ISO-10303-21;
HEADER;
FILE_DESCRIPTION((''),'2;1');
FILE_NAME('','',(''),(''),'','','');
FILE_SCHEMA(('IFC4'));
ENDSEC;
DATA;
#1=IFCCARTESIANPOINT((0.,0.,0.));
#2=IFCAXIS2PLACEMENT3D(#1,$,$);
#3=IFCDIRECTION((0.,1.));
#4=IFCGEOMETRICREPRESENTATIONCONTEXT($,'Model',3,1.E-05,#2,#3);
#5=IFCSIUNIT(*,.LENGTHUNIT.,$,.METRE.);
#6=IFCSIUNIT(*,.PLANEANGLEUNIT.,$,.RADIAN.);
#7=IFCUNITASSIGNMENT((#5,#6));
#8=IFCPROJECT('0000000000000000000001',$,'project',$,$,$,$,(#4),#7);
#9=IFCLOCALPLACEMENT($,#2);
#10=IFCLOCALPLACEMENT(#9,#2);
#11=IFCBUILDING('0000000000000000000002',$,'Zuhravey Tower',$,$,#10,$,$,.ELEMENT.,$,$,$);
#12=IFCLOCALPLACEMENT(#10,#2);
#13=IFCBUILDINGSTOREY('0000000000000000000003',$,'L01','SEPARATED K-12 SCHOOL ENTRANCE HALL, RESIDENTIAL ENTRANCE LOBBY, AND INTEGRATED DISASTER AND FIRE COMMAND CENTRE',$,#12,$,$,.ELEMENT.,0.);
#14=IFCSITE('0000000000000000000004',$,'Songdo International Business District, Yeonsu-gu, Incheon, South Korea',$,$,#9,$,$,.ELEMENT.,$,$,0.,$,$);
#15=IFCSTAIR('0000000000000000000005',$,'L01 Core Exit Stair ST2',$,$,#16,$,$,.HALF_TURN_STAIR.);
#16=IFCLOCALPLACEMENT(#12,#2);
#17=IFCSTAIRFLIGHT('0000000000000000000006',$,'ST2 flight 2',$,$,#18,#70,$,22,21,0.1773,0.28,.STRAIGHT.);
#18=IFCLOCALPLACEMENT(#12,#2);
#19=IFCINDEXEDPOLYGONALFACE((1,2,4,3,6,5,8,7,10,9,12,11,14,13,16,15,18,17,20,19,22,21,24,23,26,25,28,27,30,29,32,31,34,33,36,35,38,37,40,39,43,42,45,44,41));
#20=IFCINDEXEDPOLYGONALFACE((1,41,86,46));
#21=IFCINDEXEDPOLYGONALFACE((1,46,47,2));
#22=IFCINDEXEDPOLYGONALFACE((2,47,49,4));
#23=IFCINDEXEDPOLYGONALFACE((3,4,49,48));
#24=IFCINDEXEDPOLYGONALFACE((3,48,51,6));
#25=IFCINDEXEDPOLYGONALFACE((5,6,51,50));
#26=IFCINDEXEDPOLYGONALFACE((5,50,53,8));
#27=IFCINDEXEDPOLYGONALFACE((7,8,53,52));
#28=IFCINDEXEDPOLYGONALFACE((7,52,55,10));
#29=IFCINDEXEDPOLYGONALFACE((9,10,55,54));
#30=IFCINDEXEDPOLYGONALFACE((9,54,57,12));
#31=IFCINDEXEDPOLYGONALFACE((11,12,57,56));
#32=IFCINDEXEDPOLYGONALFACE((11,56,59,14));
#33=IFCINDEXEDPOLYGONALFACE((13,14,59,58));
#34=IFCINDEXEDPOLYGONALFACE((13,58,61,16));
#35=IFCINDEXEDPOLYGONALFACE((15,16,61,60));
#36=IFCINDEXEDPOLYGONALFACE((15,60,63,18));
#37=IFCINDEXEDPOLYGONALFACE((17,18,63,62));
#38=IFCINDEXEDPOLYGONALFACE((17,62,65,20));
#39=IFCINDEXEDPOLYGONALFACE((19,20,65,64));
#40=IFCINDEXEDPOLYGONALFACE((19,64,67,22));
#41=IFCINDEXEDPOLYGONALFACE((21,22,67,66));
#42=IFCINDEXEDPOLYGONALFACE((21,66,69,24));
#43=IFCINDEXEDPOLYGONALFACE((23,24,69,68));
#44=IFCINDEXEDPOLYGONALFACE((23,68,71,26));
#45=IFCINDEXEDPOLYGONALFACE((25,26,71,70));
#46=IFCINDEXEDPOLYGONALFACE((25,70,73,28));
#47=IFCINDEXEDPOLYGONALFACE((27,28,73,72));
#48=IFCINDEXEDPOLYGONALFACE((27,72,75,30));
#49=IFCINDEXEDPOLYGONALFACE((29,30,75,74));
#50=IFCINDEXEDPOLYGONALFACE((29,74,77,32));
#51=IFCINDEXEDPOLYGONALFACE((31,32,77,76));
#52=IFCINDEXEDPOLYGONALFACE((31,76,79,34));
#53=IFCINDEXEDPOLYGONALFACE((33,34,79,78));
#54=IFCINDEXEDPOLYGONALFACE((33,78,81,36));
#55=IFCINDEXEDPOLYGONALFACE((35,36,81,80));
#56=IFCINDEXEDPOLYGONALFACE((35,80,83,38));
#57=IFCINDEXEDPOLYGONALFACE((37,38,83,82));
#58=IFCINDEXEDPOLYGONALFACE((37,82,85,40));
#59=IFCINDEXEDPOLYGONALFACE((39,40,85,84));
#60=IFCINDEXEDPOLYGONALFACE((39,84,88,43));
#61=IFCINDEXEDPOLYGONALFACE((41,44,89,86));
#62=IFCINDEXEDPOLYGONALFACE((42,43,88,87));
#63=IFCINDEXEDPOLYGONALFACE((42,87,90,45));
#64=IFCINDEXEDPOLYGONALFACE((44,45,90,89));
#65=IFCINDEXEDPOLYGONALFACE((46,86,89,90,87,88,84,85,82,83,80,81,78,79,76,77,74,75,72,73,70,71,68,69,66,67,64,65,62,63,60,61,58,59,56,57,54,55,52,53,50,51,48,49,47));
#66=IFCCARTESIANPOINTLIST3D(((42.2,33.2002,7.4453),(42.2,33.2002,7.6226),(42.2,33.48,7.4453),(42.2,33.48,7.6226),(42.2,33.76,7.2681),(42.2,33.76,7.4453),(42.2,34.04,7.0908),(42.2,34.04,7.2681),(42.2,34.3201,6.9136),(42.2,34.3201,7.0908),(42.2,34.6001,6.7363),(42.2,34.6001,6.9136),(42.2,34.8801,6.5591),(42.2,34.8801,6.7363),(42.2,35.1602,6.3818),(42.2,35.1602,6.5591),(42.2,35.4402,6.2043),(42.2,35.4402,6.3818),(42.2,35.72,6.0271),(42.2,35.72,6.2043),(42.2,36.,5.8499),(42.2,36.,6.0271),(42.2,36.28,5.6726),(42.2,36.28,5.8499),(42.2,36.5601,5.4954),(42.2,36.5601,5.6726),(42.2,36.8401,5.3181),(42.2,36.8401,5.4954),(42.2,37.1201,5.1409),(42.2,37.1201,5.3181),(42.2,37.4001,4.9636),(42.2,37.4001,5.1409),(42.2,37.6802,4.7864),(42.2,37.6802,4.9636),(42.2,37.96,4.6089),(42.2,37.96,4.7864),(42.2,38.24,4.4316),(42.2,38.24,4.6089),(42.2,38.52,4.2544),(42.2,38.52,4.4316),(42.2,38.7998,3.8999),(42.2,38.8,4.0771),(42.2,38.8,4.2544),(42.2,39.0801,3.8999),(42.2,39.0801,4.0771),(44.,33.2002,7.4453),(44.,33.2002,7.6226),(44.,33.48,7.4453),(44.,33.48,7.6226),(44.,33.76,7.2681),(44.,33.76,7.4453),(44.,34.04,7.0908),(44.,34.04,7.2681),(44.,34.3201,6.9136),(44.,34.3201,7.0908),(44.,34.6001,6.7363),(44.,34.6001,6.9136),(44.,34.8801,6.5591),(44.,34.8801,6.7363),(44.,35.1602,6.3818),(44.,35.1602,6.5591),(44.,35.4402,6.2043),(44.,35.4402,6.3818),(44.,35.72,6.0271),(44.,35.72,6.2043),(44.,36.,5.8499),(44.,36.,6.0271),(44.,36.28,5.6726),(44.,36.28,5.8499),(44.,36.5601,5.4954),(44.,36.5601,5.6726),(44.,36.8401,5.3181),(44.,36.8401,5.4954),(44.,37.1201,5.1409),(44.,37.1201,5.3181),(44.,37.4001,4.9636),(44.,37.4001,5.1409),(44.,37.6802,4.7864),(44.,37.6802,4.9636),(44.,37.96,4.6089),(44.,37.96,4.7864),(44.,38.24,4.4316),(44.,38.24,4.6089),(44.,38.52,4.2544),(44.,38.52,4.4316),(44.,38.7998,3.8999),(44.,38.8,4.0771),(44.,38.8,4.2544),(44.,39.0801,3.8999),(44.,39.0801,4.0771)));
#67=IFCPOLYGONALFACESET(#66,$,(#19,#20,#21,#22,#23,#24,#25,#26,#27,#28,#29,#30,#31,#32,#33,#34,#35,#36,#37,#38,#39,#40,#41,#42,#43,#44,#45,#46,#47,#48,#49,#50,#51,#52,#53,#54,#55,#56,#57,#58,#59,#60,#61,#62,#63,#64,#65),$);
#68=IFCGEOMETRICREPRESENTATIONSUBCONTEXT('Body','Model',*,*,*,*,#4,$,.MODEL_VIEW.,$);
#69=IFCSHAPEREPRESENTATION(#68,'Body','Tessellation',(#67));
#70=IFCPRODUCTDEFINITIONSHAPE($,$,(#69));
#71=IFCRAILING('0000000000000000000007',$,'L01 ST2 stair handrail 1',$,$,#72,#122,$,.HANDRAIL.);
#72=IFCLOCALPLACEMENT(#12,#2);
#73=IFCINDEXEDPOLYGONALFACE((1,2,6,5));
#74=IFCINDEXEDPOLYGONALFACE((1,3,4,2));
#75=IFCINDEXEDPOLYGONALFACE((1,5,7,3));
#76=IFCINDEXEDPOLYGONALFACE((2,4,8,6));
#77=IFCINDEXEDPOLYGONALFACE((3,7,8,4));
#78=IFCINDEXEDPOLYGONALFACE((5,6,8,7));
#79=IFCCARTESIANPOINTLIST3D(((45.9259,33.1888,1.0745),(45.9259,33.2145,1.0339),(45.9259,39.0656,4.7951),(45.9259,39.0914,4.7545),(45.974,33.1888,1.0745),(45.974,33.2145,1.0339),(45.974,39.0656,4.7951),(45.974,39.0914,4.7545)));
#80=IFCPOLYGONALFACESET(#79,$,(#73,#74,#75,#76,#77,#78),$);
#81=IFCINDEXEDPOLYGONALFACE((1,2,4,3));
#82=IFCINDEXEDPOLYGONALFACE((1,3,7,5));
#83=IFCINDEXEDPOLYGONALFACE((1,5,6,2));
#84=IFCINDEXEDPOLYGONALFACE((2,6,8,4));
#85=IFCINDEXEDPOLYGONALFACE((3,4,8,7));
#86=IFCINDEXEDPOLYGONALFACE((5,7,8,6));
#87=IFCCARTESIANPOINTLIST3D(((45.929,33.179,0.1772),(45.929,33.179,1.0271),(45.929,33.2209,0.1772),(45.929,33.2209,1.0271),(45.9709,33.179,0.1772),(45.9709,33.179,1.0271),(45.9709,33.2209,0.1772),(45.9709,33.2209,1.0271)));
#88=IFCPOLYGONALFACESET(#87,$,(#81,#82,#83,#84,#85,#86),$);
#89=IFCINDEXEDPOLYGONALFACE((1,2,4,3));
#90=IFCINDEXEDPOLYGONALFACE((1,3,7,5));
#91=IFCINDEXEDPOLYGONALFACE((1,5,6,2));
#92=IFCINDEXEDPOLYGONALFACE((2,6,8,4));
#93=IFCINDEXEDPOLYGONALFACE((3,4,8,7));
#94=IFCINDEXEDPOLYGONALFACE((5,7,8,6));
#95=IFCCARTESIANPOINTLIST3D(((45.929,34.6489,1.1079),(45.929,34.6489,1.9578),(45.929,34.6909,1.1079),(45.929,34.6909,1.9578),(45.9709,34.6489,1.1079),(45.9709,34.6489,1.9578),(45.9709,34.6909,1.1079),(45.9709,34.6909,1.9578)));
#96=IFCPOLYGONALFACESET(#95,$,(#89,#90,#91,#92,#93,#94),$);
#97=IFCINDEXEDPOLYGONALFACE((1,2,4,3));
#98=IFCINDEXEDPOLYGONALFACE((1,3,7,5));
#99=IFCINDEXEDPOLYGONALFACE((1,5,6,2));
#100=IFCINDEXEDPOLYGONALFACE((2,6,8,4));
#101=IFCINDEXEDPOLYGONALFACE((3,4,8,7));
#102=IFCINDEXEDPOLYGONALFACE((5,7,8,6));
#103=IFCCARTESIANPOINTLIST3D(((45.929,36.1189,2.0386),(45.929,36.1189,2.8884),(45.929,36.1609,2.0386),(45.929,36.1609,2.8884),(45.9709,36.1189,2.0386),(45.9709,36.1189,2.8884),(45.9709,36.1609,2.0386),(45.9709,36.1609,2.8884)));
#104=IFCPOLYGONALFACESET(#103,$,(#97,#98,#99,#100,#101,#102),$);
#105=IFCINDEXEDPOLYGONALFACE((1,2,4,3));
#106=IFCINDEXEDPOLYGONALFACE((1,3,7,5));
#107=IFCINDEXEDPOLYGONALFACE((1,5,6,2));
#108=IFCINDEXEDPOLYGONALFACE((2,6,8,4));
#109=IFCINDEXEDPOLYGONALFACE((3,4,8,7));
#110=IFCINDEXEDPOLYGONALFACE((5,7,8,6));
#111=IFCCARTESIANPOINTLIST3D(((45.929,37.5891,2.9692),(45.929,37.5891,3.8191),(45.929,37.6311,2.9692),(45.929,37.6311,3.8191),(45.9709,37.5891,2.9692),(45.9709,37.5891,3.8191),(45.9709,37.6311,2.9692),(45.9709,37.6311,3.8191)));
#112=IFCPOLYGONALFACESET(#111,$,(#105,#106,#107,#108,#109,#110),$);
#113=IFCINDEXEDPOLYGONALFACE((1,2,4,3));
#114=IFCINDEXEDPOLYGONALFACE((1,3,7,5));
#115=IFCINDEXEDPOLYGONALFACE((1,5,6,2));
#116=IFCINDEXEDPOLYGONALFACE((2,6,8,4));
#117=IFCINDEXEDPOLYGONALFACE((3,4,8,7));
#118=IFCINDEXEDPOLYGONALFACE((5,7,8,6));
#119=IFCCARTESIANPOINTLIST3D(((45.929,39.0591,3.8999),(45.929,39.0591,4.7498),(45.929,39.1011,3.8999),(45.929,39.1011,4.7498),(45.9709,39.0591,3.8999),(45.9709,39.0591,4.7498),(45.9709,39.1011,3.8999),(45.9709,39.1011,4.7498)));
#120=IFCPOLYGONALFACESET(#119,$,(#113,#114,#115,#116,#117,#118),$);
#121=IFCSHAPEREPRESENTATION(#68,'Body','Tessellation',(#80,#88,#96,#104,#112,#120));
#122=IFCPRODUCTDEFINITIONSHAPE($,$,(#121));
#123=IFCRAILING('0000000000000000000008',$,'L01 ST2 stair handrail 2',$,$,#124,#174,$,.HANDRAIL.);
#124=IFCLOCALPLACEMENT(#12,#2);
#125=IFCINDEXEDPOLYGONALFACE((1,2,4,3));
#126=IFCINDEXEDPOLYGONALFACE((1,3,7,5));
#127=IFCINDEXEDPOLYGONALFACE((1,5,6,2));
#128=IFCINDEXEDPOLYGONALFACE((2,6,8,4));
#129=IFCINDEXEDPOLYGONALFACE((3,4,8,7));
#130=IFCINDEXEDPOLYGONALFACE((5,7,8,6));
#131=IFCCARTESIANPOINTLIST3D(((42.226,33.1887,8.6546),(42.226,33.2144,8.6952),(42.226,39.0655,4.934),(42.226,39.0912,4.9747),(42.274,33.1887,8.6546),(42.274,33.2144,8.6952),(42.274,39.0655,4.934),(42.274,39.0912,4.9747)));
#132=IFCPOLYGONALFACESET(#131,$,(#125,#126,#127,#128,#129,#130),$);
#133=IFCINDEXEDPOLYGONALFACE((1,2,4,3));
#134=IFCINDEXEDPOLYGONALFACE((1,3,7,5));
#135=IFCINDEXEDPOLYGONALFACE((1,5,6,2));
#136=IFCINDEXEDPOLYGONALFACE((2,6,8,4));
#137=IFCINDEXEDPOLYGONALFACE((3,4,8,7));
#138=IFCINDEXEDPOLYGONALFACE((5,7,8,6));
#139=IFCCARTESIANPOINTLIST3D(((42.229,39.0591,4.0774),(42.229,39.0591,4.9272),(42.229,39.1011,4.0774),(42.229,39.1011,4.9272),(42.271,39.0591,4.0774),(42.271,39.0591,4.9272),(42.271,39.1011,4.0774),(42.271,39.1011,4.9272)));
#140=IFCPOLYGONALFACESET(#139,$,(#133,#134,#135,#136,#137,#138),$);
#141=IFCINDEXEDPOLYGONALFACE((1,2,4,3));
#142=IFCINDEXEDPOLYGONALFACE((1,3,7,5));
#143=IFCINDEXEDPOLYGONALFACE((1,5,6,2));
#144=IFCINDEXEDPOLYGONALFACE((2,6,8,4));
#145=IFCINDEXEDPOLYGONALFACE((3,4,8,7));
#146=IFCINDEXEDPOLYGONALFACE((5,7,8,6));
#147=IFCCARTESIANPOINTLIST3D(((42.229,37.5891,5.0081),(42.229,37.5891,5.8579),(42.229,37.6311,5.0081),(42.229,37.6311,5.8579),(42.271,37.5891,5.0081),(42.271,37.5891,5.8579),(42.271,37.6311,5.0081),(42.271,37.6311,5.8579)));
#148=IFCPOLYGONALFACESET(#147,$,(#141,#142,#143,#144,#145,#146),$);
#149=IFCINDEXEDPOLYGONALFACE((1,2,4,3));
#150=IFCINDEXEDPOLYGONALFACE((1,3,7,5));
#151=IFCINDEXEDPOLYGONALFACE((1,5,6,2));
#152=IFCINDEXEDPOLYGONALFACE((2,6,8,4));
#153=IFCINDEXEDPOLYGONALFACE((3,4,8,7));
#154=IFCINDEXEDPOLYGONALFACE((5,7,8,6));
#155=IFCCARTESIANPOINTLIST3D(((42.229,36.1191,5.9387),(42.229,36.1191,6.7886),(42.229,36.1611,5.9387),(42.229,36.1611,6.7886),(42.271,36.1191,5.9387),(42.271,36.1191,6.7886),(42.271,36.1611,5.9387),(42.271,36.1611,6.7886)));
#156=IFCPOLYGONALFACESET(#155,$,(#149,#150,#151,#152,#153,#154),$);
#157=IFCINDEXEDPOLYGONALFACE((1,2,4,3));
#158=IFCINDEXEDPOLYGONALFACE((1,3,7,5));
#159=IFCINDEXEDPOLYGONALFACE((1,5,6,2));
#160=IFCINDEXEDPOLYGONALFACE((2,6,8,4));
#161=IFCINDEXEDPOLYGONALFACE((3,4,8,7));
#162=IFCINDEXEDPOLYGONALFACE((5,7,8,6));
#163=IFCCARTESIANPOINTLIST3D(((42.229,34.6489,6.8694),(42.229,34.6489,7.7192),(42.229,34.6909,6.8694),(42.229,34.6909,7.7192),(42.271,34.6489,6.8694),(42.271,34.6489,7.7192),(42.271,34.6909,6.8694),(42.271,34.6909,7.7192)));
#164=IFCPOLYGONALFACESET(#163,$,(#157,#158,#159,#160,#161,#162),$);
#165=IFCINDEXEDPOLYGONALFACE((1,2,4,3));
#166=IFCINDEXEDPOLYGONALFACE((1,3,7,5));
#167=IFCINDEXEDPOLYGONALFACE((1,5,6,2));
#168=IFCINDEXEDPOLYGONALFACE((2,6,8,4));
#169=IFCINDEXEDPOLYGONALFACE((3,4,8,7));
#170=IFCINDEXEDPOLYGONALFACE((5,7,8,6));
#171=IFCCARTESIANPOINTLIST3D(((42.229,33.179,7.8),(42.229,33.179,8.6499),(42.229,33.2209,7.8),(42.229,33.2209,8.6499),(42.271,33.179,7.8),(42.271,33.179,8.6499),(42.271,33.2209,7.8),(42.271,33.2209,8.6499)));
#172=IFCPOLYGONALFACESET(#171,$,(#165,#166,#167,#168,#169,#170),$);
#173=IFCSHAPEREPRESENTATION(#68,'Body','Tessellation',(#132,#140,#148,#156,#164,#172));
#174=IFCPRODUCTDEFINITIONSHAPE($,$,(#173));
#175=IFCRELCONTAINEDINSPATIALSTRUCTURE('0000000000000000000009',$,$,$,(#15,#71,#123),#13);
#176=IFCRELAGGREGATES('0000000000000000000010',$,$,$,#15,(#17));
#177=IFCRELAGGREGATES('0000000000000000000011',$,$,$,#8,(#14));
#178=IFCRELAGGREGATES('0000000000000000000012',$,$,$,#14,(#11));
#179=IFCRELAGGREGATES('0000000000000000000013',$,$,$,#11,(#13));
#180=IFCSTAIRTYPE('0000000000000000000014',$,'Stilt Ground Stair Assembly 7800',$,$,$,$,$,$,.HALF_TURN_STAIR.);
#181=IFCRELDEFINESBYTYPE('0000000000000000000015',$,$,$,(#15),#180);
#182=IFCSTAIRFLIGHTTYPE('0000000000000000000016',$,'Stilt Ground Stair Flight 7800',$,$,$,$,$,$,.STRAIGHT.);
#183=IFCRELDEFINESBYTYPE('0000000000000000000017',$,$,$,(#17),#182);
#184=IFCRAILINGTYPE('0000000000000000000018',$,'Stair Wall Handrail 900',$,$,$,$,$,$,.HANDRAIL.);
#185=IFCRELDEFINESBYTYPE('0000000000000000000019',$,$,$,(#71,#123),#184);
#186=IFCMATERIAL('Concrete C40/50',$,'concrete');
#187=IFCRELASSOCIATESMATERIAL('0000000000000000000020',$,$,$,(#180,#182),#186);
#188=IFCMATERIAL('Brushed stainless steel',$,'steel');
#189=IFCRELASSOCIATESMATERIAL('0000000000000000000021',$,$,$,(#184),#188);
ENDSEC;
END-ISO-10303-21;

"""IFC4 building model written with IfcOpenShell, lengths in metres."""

from ifc_helpers import new_model, si_unit, direction, frame, origin, origin_2d, place, context, subcontext, project, spatial, polyline, rectangle, outline, extrude, material, type_object, element, aggregate, save


model = new_model("IFC4")

# Units and contexts
model_context = context("Model", 3, precision=1e-05, world=origin(), true_north=direction((0.0, 1.0)))
body_context = subcontext(model_context, "Body", "Model", "MODEL_VIEW")
ifc_project = project(units=[si_unit("LENGTHUNIT", "METRE"), si_unit("PLANEANGLEUNIT", "RADIAN")], contexts=[model_context])

# Site, building, storey
site_placement = place(None, origin())
site = spatial("IfcSite", under=ifc_project, at=site_placement, Name="Songdo International Business District, Yeonsu-gu, Incheon, South Korea", CompositionType="ELEMENT", RefElevation=0.0)
building_placement = place(site_placement, origin())
building = spatial("IfcBuilding", under=site, at=building_placement, Name="Zuhravey Tower", CompositionType="ELEMENT")
storey_placement = place(building_placement, origin())
storey = spatial("IfcBuildingStorey", under=building, at=storey_placement, Name="L01", Description="SEPARATED K-12 SCHOOL ENTRANCE HALL, RESIDENTIAL ENTRANCE LOBBY, AND INTEGRATED DISASTER AND FIRE COMMAND CENTRE", CompositionType="ELEMENT", Elevation=0.0)

# Stair, stair flight
ifc_material_1 = material(Name="Concrete C40/50", Category="concrete")
stair_type = type_object("IfcStairType", Name="Stilt Ground Stair Assembly 7800", PredefinedType="HALF_TURN_STAIR", material=ifc_material_1)
stair_placement = place(storey_placement, origin())
stair = element("IfcStair", 1, at=stair_placement, inside=storey, type_object=stair_type, Name="L01 Core Exit Stair ST2", PredefinedType="HALF_TURN_STAIR")
stair_flight_type = type_object("IfcStairFlightType", Name="Stilt Ground Stair Flight 7800", PredefinedType="STRAIGHT", material=ifc_material_1)
stair_flight_1_placement = place(storey_placement, frame((43.1001, 39.0801, 3.8999), z_axis=(0.0, 0.0, 1.0), x_axis=(0.0, -1.0, 0.0)))
stair_flight_1 = element("IfcStairFlight", 2, at=stair_flight_1_placement, type_object=stair_flight_type, Name="ST2 flight 2", NumberOfRisers=22, NumberOfTreads=21, PredefinedType="STRAIGHT", RiserHeight=0.1773, TreadLength=0.28, context=body_context, shape_type="SweptSolid", body=[
    extrude(outline(polyline([(0.0, 0.0), (0.0, 0.1772), (0.28, 0.1772), (0.28, 0.3545), (0.5601, 0.3545), (0.5601, 0.5317), (0.8401, 0.5317), (0.8401, 0.709), (1.1201, 0.709), (1.1201, 0.8865), (1.3999, 0.8865), (1.3999, 1.0637), (1.6799, 1.0637), (1.6799, 1.241), (1.96, 1.241), (1.96, 1.4182), (2.24, 1.4182), (2.24, 1.5955), (2.52, 1.5955), (2.52, 1.7727), (2.8, 1.7727), (2.8, 1.95), (3.0801, 1.95), (3.0801, 2.1272), (3.3601, 2.1272), (3.3601, 2.3044), (3.6399, 2.3044), (3.6399, 2.4819), (3.9199, 2.4819), (3.9199, 2.6592), (4.2, 2.6592), (4.2, 2.8364), (4.48, 2.8364), (4.48, 3.0137), (4.76, 3.0137), (4.76, 3.1909), (5.04, 3.1909), (5.04, 3.3682), (5.3201, 3.3682), (5.3201, 3.5454), (5.6001, 3.5454), (5.6001, 3.7227), (5.8799, 3.7227), (5.8799, 3.8999), (5.8799, 3.5454), (0.2803, 0.0), (0.0, 0.0)])), frame((0.0, 0.8999, 0.0), z_axis=(0.0, -1.0, 0.0), x_axis=(1.0, 0.0, 0.0)), (0.0, 0.0, 1.0), 1.8),
])
aggregate(stair, [stair_flight_1])

# Railings
ifc_material_2 = material(Name="Brushed stainless steel", Category="steel")
railing_type_1 = type_object("IfcRailingType", Name="Stair Wall Handrail 900", PredefinedType="HANDRAIL", material=ifc_material_2)
railing_1_placement = place(storey_placement, frame((45.95, 33.2, 0.1772)))
element("IfcRailing", 3, at=railing_1_placement, inside=storey, type_object=railing_type_1, Name="L01 ST2 stair handrail 1", PredefinedType="HANDRAIL", context=body_context, shape_type="SweptSolid", body=[
    extrude(rectangle(XDim=0.0481, YDim=0.0481, at=origin_2d()), frame((0.0, 0.0017, 0.877), z_axis=(0.0, 0.844912, 0.534906), x_axis=(-1.0, 0.0, 0.0)), (0.0, 0.0, 1.0), 6.9556),
    extrude(rectangle(XDim=0.042, YDim=0.042, at=origin_2d()), origin(), (0.0, 0.0, 1.0), 0.8499),
    extrude(rectangle(XDim=0.042, YDim=0.042, at=origin_2d()), frame((0.0, 1.47, 0.9307)), (0.0, 0.0, 1.0), 0.8499),
    extrude(rectangle(XDim=0.042, YDim=0.042, at=origin_2d()), frame((0.0, 2.9399, 1.8613)), (0.0, 0.0, 1.0), 0.8499),
    extrude(rectangle(XDim=0.042, YDim=0.042, at=origin_2d()), frame((0.0, 4.4102, 2.792)), (0.0, 0.0, 1.0), 0.8499),
    extrude(rectangle(XDim=0.042, YDim=0.042, at=origin_2d()), frame((0.0, 5.8801, 3.7227)), (0.0, 0.0, 1.0), 0.8499),
])
railing_2_placement = place(storey_placement, frame((42.25, 39.0801, 4.0774)))
element("IfcRailing", 4, at=railing_2_placement, inside=storey, type_object=railing_type_1, Name="L01 ST2 stair handrail 2", PredefinedType="HANDRAIL", context=body_context, shape_type="SweptSolid", body=[
    extrude(rectangle(XDim=0.0481, YDim=0.0481, at=origin_2d()), frame((0.0, -0.0017, 0.877), z_axis=(0.0, -0.844912, 0.534906), x_axis=(1.0, 0.0, 0.0)), (0.0, 0.0, 1.0), 6.9556),
    extrude(rectangle(XDim=0.042, YDim=0.042, at=origin_2d()), origin(), (0.0, 0.0, 1.0), 0.8499),
    extrude(rectangle(XDim=0.042, YDim=0.042, at=origin_2d()), frame((0.0, -1.47, 0.9307)), (0.0, 0.0, 1.0), 0.8499),
    extrude(rectangle(XDim=0.042, YDim=0.042, at=origin_2d()), frame((0.0, -2.9399, 1.8613)), (0.0, 0.0, 1.0), 0.8499),
    extrude(rectangle(XDim=0.042, YDim=0.042, at=origin_2d()), frame((0.0, -4.4102, 2.792)), (0.0, 0.0, 1.0), 0.8499),
    extrude(rectangle(XDim=0.042, YDim=0.042, at=origin_2d()), frame((0.0, -5.8801, 3.7227)), (0.0, 0.0, 1.0), 0.8499),
])

save(model, "model.ifc")
